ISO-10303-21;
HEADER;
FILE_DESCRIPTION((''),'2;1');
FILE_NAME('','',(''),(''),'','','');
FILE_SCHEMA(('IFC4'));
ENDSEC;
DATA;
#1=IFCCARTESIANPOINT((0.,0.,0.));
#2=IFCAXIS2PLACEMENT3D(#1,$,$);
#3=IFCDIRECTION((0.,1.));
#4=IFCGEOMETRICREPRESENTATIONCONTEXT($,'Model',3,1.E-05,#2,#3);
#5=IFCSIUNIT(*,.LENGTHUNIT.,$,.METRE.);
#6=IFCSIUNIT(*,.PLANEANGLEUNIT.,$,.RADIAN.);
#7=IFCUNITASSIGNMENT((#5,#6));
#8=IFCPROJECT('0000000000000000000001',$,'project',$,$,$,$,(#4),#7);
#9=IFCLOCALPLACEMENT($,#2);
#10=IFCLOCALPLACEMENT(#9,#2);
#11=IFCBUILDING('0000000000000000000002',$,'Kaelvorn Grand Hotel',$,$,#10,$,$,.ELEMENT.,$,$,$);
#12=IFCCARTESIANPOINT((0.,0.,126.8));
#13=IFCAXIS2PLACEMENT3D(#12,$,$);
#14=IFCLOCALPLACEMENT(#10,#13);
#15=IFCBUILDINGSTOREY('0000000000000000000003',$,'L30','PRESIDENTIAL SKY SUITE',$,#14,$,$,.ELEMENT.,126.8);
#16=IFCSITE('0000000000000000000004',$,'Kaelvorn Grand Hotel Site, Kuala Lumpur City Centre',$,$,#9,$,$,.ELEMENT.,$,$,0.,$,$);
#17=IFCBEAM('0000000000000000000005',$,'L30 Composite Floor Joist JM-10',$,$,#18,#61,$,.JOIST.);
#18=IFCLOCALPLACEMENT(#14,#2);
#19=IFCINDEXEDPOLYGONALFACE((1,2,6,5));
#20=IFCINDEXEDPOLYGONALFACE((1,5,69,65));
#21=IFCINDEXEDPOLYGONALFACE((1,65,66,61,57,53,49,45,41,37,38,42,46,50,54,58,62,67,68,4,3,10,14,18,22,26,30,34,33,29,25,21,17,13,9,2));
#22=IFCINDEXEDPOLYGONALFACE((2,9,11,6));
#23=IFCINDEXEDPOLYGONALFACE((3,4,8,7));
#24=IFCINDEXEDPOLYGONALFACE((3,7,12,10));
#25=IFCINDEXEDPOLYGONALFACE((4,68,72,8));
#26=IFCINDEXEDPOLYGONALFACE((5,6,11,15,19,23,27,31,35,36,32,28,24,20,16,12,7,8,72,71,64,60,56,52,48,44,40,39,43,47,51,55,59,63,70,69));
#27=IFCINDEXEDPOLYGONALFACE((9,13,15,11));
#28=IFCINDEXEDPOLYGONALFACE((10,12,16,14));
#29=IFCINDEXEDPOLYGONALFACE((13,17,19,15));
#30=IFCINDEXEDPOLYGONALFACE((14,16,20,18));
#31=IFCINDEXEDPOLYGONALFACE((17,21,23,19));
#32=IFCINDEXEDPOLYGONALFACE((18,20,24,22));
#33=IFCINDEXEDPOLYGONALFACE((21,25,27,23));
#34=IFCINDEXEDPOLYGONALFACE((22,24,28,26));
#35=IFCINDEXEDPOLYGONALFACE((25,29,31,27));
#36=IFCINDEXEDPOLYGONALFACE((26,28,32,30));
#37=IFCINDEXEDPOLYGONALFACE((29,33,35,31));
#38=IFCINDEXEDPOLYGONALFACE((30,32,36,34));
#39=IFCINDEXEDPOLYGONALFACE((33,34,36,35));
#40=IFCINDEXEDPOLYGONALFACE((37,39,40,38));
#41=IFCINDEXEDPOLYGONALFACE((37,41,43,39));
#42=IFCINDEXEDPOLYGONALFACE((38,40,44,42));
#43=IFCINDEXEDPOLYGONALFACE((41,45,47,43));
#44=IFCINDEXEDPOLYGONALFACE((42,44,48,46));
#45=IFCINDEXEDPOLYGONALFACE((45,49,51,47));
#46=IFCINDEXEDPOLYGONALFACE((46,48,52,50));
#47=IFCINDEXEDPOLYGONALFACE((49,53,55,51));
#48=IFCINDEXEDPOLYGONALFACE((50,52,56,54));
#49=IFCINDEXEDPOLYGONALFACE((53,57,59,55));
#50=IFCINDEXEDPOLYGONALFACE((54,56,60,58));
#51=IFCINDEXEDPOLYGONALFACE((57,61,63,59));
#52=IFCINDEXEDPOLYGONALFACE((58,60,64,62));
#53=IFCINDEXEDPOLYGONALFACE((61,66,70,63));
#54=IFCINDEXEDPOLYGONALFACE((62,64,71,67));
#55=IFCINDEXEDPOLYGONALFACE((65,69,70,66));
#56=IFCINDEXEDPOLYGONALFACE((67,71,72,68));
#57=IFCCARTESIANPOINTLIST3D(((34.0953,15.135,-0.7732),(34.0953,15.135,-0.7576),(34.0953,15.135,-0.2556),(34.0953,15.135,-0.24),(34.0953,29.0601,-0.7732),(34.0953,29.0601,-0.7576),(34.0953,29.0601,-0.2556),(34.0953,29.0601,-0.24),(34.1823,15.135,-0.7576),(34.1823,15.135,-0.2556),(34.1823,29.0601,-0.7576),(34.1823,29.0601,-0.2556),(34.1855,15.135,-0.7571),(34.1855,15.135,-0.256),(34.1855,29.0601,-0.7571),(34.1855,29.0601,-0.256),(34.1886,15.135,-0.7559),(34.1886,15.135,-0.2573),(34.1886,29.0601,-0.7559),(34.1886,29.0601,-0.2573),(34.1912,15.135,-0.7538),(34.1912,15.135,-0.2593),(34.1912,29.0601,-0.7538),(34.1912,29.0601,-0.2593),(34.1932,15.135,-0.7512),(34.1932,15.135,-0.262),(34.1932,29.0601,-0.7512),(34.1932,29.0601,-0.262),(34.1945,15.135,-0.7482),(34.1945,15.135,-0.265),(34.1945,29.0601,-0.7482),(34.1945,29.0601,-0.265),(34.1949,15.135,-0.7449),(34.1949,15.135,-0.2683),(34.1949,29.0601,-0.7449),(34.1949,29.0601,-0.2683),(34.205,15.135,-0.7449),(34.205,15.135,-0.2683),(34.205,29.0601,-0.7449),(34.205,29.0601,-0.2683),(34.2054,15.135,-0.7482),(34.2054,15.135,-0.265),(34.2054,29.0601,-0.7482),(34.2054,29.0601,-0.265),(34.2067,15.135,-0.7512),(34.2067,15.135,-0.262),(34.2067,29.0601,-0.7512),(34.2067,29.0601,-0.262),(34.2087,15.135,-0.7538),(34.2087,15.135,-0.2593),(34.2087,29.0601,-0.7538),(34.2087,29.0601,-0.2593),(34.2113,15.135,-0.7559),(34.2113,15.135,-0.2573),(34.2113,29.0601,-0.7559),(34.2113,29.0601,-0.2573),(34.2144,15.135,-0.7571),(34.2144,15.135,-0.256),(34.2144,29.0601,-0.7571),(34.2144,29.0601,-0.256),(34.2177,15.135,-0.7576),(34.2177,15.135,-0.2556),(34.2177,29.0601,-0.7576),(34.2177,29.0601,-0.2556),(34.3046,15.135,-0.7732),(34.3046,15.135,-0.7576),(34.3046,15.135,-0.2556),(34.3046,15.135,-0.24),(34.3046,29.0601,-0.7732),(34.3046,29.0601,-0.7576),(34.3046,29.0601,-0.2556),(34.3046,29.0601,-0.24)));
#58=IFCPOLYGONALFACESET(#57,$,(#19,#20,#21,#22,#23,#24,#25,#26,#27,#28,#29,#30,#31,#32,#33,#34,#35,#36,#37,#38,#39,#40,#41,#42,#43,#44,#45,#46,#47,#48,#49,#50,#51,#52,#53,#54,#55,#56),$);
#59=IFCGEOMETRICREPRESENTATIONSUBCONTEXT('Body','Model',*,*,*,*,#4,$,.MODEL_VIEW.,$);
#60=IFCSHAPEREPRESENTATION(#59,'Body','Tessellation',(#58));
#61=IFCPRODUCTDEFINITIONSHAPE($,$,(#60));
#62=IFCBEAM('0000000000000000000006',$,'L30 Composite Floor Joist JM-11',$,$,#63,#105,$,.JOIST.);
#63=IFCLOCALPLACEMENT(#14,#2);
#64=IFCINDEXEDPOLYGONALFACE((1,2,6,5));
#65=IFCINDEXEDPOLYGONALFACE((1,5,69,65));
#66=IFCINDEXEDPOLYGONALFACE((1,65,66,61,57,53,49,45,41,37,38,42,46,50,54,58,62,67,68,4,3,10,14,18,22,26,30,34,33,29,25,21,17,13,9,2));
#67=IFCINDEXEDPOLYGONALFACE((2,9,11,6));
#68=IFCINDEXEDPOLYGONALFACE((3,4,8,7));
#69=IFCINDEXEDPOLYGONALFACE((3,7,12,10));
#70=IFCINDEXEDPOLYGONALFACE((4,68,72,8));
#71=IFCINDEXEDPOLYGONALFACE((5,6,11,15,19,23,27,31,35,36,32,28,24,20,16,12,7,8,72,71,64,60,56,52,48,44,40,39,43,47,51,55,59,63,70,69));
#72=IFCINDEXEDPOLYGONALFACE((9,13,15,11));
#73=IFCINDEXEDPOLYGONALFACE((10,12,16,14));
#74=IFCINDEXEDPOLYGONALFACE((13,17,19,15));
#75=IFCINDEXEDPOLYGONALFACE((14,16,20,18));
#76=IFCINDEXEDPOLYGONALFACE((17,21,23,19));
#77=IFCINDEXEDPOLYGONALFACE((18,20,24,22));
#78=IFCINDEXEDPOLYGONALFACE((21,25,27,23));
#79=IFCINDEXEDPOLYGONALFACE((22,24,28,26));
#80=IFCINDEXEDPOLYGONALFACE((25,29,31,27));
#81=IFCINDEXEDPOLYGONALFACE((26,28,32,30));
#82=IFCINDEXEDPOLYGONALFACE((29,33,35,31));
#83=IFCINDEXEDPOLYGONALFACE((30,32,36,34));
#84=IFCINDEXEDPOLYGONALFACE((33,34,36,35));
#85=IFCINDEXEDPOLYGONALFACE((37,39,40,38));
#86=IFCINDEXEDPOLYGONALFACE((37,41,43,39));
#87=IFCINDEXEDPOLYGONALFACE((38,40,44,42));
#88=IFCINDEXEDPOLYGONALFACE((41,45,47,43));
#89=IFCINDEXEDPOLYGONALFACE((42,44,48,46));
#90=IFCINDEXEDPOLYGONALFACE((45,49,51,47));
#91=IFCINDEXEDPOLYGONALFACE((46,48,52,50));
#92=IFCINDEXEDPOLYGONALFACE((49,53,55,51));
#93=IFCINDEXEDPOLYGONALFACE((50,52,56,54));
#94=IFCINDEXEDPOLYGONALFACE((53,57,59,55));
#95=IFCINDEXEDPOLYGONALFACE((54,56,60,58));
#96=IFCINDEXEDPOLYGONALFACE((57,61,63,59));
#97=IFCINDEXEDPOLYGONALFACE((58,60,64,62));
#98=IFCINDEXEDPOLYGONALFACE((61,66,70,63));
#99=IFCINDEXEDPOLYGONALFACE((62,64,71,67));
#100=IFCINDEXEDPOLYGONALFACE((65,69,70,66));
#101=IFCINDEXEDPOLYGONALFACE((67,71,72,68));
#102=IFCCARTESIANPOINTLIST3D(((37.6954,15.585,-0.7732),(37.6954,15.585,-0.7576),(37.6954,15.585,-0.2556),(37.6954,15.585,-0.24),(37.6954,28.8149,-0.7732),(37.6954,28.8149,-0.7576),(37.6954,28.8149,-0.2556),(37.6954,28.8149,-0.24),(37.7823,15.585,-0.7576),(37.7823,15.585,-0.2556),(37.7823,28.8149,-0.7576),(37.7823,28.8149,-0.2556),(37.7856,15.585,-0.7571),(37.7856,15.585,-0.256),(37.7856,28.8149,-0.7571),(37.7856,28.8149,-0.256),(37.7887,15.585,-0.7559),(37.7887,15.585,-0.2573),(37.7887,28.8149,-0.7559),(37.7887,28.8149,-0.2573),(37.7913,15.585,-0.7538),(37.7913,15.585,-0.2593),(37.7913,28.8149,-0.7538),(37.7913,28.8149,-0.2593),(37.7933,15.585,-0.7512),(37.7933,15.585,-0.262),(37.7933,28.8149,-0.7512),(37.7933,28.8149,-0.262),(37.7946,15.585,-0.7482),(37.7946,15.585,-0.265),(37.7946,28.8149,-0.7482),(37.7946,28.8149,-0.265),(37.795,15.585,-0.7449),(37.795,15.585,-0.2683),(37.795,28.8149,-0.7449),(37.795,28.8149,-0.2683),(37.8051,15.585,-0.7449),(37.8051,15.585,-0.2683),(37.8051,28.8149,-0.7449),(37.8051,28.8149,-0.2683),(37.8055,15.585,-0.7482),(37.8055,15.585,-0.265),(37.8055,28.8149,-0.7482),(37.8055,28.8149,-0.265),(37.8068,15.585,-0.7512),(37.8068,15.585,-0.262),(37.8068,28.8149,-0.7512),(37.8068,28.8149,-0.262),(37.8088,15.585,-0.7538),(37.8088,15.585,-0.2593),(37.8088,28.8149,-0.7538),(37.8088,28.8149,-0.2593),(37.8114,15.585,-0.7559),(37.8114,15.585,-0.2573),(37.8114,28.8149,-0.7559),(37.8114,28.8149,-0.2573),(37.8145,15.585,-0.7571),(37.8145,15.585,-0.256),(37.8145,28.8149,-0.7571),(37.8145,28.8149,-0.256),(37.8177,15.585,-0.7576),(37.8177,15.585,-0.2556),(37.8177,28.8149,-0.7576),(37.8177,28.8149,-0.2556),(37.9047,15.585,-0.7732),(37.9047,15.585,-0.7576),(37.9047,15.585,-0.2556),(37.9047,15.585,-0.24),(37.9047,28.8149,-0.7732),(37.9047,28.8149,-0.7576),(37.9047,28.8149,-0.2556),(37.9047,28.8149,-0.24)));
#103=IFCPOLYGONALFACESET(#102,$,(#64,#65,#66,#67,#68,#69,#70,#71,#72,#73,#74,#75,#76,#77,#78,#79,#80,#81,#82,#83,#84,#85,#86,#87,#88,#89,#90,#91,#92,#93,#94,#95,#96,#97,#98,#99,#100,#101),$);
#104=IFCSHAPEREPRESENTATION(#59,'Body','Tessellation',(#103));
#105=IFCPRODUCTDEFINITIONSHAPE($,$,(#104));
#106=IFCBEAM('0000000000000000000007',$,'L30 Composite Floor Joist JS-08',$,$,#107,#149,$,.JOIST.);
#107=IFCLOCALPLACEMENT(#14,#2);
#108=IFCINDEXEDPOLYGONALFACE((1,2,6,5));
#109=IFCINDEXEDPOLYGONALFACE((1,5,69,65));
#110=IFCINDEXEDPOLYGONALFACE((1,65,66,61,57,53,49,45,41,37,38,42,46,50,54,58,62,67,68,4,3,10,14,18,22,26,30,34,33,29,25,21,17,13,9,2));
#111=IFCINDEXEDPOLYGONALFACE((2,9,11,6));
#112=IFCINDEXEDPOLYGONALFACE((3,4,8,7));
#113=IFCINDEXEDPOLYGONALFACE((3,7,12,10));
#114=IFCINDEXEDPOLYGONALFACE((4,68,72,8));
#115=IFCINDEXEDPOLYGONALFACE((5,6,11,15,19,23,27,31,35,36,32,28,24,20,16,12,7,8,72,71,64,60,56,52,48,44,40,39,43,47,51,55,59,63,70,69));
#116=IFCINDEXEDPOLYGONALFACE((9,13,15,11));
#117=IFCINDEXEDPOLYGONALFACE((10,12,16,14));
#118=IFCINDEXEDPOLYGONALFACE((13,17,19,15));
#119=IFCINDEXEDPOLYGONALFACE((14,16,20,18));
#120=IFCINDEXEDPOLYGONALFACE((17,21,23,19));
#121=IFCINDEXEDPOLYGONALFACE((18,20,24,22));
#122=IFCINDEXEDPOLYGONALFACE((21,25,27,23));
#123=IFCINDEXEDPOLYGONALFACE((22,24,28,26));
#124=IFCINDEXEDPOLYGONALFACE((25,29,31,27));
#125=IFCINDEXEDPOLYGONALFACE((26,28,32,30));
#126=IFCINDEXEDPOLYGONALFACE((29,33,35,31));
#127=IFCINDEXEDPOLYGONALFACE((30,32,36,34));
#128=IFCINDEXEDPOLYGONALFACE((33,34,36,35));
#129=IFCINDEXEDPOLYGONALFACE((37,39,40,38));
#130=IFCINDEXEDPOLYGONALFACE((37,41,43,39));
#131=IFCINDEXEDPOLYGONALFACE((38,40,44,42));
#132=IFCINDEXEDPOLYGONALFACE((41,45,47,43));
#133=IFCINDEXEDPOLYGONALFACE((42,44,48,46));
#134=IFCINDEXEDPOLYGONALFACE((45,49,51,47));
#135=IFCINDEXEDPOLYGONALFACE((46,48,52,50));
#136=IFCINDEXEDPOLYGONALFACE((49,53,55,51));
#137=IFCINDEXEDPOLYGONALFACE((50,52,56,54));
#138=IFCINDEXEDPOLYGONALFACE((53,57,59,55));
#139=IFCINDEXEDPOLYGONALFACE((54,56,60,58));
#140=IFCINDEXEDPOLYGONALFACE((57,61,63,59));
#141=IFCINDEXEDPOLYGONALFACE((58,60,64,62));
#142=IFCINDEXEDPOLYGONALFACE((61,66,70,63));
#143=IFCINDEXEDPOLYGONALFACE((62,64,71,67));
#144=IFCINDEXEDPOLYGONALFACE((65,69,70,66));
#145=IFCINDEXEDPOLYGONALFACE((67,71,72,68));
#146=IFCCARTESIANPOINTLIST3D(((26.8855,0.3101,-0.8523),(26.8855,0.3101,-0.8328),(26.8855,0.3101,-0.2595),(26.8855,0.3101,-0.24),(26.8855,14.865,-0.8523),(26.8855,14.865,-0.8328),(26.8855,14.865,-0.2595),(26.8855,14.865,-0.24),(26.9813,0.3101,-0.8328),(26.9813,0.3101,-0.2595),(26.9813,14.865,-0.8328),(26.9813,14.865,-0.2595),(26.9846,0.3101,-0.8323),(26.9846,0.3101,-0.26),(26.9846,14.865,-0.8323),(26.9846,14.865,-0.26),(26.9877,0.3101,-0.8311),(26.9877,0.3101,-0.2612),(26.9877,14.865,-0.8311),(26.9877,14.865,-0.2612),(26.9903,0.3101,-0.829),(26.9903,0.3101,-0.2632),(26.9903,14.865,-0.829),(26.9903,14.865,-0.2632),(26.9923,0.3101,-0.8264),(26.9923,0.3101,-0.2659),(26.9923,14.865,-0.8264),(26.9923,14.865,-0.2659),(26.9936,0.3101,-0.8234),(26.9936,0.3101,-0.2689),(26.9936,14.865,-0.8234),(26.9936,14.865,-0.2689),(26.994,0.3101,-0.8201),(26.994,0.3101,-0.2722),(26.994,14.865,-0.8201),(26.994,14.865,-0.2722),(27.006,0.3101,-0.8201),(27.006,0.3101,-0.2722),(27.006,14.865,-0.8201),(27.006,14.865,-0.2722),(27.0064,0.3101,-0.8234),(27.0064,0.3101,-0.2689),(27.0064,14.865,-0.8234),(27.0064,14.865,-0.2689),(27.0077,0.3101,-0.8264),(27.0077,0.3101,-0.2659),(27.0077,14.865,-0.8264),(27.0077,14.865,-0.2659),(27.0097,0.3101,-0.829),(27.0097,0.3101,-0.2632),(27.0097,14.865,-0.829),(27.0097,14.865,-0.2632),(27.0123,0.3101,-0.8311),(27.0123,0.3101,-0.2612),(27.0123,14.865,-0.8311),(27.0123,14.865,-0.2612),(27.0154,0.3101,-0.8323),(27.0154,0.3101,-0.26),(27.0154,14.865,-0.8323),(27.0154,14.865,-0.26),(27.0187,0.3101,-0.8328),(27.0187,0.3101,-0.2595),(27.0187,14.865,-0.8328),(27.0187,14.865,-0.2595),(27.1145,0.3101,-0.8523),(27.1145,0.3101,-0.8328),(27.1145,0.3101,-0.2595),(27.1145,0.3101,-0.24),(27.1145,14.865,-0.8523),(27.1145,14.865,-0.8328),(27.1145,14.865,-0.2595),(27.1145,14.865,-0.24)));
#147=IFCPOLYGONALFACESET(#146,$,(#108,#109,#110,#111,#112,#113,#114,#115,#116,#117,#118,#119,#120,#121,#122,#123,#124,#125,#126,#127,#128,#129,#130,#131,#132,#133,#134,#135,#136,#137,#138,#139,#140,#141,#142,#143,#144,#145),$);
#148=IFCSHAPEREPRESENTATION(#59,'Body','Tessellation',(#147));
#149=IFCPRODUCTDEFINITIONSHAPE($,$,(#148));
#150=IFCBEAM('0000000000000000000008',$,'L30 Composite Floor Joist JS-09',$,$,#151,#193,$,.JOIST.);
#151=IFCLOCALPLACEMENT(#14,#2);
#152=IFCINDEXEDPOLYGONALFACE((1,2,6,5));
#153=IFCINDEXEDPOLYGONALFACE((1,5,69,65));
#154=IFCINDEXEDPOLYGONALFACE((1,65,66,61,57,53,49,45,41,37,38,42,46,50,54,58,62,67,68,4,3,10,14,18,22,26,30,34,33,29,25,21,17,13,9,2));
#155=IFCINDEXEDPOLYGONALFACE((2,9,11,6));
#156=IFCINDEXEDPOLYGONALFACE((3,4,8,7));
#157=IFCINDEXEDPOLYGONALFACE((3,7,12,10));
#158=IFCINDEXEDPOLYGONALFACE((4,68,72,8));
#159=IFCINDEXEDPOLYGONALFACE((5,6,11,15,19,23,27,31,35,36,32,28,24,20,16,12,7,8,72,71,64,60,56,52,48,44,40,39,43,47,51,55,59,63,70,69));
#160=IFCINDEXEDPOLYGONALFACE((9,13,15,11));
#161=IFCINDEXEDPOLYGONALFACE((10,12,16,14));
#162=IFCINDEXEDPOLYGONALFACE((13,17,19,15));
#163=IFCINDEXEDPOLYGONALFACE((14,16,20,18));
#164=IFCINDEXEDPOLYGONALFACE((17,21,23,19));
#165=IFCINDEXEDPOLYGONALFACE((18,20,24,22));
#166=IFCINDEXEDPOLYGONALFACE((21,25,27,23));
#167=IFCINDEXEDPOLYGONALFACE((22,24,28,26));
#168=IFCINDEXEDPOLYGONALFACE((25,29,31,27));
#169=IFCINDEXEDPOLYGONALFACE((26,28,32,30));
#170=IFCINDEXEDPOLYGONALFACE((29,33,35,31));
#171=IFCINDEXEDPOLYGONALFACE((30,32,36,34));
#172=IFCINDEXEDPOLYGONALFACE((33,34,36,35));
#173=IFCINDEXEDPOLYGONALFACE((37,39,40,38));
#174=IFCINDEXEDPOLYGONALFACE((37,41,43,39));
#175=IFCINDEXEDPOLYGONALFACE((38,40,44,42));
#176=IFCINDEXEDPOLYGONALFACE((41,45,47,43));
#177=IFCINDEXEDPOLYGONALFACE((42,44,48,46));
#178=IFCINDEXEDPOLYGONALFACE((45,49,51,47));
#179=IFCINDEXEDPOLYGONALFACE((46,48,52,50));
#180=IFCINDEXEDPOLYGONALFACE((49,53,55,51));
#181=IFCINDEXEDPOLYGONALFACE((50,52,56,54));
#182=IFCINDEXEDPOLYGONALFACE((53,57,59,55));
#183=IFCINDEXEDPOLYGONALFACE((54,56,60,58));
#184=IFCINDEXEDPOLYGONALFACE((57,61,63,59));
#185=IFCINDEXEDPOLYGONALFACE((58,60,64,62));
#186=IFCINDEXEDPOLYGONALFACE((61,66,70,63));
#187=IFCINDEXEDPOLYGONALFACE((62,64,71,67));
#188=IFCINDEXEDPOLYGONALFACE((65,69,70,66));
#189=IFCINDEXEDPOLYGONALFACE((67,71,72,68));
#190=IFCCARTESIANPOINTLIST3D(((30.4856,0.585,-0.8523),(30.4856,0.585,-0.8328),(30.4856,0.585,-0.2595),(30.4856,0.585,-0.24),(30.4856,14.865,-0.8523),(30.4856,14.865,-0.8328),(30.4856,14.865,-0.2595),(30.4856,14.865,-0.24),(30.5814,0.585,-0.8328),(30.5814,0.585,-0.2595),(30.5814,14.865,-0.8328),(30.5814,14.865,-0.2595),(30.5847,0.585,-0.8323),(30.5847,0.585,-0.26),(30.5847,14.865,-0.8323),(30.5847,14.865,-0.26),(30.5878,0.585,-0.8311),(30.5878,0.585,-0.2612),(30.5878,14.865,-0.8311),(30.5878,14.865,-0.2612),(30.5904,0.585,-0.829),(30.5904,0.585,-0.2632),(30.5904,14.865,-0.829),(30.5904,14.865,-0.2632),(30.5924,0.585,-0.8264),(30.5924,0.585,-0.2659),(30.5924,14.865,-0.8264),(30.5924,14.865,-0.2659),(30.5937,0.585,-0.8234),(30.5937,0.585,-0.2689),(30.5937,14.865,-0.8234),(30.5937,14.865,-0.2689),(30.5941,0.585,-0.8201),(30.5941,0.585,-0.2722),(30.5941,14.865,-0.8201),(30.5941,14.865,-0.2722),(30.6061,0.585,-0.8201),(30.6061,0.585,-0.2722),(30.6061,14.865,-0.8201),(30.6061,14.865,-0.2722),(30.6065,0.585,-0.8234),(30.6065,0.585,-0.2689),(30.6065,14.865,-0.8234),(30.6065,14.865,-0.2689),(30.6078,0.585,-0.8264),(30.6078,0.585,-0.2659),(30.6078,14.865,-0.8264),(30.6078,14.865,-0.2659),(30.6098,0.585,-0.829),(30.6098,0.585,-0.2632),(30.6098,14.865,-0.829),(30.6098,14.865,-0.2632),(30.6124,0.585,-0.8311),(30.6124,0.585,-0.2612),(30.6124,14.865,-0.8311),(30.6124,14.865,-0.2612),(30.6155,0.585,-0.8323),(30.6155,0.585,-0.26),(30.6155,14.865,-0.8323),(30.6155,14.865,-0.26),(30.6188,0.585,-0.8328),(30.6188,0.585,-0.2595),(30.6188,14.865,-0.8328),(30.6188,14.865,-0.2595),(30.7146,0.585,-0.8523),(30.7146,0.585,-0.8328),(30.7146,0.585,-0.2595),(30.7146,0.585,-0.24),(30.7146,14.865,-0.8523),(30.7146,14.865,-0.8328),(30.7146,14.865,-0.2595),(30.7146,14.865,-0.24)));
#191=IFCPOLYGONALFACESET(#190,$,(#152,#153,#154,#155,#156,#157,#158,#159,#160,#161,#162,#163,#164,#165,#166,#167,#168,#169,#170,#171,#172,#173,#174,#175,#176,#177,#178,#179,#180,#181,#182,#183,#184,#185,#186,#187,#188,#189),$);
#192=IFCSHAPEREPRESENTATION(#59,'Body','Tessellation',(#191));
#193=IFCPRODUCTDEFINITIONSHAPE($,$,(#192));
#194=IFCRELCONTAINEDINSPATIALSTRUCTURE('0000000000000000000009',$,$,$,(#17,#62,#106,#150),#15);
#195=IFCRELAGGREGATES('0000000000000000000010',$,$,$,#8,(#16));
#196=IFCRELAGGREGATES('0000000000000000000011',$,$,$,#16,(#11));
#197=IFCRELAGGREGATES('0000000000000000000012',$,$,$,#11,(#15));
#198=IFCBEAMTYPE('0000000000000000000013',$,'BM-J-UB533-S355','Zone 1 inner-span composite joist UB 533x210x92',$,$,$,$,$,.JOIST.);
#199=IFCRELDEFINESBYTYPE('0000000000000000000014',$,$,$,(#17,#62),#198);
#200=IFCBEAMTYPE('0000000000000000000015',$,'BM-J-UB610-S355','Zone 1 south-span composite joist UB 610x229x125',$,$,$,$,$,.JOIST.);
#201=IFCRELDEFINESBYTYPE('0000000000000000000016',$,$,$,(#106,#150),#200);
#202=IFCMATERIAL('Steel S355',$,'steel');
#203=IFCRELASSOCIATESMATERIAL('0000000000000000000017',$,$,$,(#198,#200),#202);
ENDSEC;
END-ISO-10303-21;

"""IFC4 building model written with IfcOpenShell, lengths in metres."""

from ifc_helpers import new_model, si_unit, direction, frame, origin, origin_2d, place, context, subcontext, project, spatial, i_section, extrude, material, material_profile, profile_set, type_object, element, save


model = new_model("IFC4")

# Units and contexts
model_context = context("Model", 3, precision=1e-05, world=origin(), true_north=direction((0.0, 1.0)))
body_context = subcontext(model_context, "Body", "Model", "MODEL_VIEW")
ifc_project = project(units=[si_unit("LENGTHUNIT", "METRE"), si_unit("PLANEANGLEUNIT", "RADIAN")], contexts=[model_context])

# Site, building, storey
site_placement = place(None, origin())
site = spatial("IfcSite", under=ifc_project, at=site_placement, Name="Kaelvorn Grand Hotel Site, Kuala Lumpur City Centre", CompositionType="ELEMENT", RefElevation=0.0)
building_placement = place(site_placement, origin())
building = spatial("IfcBuilding", under=site, at=building_placement, Name="Kaelvorn Grand Hotel", CompositionType="ELEMENT")
storey_placement = place(building_placement, frame((0.0, 0.0, 126.8)))
storey = spatial("IfcBuildingStorey", under=building, at=storey_placement, Name="L30", Description="PRESIDENTIAL SKY SUITE", CompositionType="ELEMENT", Elevation=126.8)

# Beams
ifc_material_1 = material(Name="Steel S355", Category="steel")
ifc_material_profile_1 = material_profile(ifc_material_1, i_section(OverallWidth=0.2092, OverallDepth=0.5332, WebThickness=0.01, FlangeThickness=0.0156, FilletRadius=0.0127, at=origin_2d()), Name="UB 533x210x92")
ifc_profile_set_1 = profile_set([ifc_material_profile_1], Name="Steel S355")
beam_type_1 = type_object("IfcBeamType", Name="BM-J-UB533-S355", Description="Zone 1 inner-span composite joist UB 533x210x92", PredefinedType="JOIST", material=ifc_profile_set_1)
beam_1_placement = place(storey_placement, frame((34.2, 15.135, -0.5066), z_axis=(0.0, 1.0, 0.0), x_axis=(-1.0, 0.0, 0.0)))
element("IfcBeam", 1, at=beam_1_placement, inside=storey, type_object=beam_type_1, Name="L30 Composite Floor Joist JM-10", PredefinedType="JOIST", context=body_context, shape_type="SweptSolid", body=[
    extrude(i_section(OverallWidth=0.2092, OverallDepth=0.5332, WebThickness=0.01, FlangeThickness=0.0156, FilletRadius=0.0127, at=origin_2d()), origin(), (0.0, 0.0, 1.0), 13.925),
])
beam_2_placement = place(storey_placement, frame((37.8, 15.585, -0.5066), z_axis=(0.0, 1.0, 0.0), x_axis=(-1.0, 0.0, 0.0)))
element("IfcBeam", 2, at=beam_2_placement, inside=storey, type_object=beam_type_1, Name="L30 Composite Floor Joist JM-11", PredefinedType="JOIST", context=body_context, shape_type="SweptSolid", body=[
    extrude(i_section(OverallWidth=0.2092, OverallDepth=0.5332, WebThickness=0.01, FlangeThickness=0.0156, FilletRadius=0.0127, at=origin_2d()), origin(), (0.0, 0.0, 1.0), 13.23),
])
ifc_material_profile_2 = material_profile(ifc_material_1, i_section(OverallWidth=0.229, OverallDepth=0.6123, WebThickness=0.012, FlangeThickness=0.0195, FilletRadius=0.0127, at=origin_2d()), Name="UB 610x229x125")
ifc_profile_set_2 = profile_set([ifc_material_profile_2], Name="Steel S355")
beam_type_2 = type_object("IfcBeamType", Name="BM-J-UB610-S355", Description="Zone 1 south-span composite joist UB 610x229x125", PredefinedType="JOIST", material=ifc_profile_set_2)
beam_3_placement = place(storey_placement, frame((27.0, 0.3101, -0.5461), z_axis=(0.0, 1.0, 0.0), x_axis=(-1.0, 0.0, 0.0)))
element("IfcBeam", 3, at=beam_3_placement, inside=storey, type_object=beam_type_2, Name="L30 Composite Floor Joist JS-08", PredefinedType="JOIST", context=body_context, shape_type="SweptSolid", body=[
    extrude(i_section(OverallWidth=0.229, OverallDepth=0.6123, WebThickness=0.012, FlangeThickness=0.0195, FilletRadius=0.0127, at=origin_2d()), origin(), (0.0, 0.0, 1.0), 14.5549),
])
beam_4_placement = place(storey_placement, frame((30.6001, 0.585, -0.5461), z_axis=(0.0, 1.0, 0.0), x_axis=(-1.0, 0.0, 0.0)))
element("IfcBeam", 4, at=beam_4_placement, inside=storey, type_object=beam_type_2, Name="L30 Composite Floor Joist JS-09", PredefinedType="JOIST", context=body_context, shape_type="SweptSolid", body=[
    extrude(i_section(OverallWidth=0.229, OverallDepth=0.6123, WebThickness=0.012, FlangeThickness=0.0195, FilletRadius=0.0127, at=origin_2d()), origin(), (0.0, 0.0, 1.0), 14.28),
])

save(model, "model.ifc")
